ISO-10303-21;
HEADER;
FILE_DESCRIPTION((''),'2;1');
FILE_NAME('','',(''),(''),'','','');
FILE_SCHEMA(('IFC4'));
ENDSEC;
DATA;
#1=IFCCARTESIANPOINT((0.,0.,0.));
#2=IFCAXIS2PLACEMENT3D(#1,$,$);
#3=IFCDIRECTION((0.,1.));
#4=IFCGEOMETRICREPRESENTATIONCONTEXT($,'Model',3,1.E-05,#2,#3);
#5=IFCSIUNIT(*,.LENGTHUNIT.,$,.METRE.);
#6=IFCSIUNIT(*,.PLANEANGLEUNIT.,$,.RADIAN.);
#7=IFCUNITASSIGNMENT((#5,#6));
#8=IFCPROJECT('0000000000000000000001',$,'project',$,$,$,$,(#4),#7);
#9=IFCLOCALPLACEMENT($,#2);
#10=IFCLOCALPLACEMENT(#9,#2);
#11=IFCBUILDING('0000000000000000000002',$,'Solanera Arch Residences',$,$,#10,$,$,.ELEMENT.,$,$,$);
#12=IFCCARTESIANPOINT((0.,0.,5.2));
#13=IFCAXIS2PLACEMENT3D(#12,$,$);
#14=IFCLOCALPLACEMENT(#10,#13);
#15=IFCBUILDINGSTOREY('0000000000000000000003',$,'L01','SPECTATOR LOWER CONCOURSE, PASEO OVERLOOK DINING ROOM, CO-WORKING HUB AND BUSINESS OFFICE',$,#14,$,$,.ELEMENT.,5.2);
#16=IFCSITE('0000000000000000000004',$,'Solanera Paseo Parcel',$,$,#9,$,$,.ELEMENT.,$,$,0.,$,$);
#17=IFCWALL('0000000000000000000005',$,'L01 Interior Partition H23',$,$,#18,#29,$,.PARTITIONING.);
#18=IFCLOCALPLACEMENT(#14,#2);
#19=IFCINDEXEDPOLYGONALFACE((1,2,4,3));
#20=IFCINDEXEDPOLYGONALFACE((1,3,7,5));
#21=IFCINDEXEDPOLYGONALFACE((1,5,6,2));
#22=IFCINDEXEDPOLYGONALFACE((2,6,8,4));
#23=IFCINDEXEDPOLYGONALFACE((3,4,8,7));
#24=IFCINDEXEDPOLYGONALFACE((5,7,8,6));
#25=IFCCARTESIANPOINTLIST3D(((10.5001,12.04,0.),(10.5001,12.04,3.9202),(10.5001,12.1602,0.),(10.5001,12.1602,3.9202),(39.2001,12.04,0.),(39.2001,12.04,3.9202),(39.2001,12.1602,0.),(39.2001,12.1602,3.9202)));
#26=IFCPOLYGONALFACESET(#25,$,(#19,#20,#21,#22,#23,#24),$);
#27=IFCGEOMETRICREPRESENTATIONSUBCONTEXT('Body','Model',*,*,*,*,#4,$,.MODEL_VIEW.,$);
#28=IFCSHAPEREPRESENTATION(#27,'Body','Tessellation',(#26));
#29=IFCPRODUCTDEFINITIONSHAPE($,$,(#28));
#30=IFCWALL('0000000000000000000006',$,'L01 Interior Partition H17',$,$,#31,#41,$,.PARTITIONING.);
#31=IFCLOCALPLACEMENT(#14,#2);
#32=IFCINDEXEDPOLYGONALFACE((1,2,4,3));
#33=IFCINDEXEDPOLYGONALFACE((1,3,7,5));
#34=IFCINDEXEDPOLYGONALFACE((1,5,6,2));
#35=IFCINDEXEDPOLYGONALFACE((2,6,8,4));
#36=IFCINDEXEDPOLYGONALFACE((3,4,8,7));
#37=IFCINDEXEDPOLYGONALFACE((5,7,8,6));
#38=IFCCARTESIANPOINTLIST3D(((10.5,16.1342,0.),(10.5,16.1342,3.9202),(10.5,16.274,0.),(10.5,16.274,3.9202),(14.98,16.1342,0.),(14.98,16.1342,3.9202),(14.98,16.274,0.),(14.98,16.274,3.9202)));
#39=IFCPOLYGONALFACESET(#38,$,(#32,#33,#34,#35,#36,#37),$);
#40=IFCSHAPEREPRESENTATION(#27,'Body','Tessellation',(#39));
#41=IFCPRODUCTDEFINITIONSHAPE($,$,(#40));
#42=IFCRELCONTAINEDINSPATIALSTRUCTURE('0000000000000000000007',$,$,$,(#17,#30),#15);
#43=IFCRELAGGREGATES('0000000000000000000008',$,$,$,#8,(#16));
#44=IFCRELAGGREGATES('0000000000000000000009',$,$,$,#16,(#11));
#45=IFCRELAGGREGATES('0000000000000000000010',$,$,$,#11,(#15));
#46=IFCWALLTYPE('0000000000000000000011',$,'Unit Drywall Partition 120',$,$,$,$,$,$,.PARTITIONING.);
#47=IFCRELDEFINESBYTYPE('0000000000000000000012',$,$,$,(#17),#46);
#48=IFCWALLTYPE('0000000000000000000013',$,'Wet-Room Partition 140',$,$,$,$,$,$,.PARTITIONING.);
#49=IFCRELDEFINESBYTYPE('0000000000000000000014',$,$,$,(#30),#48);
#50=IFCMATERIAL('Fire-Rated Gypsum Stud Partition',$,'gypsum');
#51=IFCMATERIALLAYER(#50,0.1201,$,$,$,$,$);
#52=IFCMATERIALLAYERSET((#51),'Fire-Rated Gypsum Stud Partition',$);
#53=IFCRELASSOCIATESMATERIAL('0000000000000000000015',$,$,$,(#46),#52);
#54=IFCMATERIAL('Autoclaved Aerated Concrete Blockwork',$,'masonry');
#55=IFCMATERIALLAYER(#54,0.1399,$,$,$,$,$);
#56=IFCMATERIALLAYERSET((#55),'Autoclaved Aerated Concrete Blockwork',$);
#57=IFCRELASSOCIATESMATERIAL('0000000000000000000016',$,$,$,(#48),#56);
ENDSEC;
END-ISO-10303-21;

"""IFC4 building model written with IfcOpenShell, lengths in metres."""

from ifc_helpers import new_model, si_unit, direction, frame, frame_2d, origin, place, context, subcontext, project, spatial, rectangle, extrude, material, layer, layer_set, type_object, element, save


model = new_model("IFC4")

# Units and contexts
model_context = context("Model", 3, precision=1e-05, world=origin(), true_north=direction((0.0, 1.0)))
body_context = subcontext(model_context, "Body", "Model", "MODEL_VIEW")
ifc_project = project(units=[si_unit("LENGTHUNIT", "METRE"), si_unit("PLANEANGLEUNIT", "RADIAN")], contexts=[model_context])

# Site, building, storey
site_placement = place(None, origin())
site = spatial("IfcSite", under=ifc_project, at=site_placement, Name="Solanera Paseo Parcel", CompositionType="ELEMENT", RefElevation=0.0)
building_placement = place(site_placement, origin())
building = spatial("IfcBuilding", under=site, at=building_placement, Name="Solanera Arch Residences", CompositionType="ELEMENT")
storey_placement = place(building_placement, frame((0.0, 0.0, 5.2)))
storey = spatial("IfcBuildingStorey", under=building, at=storey_placement, Name="L01", Description="SPECTATOR LOWER CONCOURSE, PASEO OVERLOOK DINING ROOM, CO-WORKING HUB AND BUSINESS OFFICE", CompositionType="ELEMENT", Elevation=5.2)

# Walls
ifc_material_1 = material(Name="Fire-Rated Gypsum Stud Partition", Category="gypsum")
ifc_layer_1 = layer(ifc_material_1, 0.1201)
ifc_layer_set_1 = layer_set([ifc_layer_1], Name="Fire-Rated Gypsum Stud Partition")
wall_type_1 = type_object("IfcWallType", Name="Unit Drywall Partition 120", PredefinedType="PARTITIONING", material=ifc_layer_set_1)
wall_1_placement = place(storey_placement, frame((10.5, 12.1001, 0.0), z_axis=(0.0, 0.0, 1.0), x_axis=(1.0, 0.0, 0.0)))
element("IfcWall", 1, at=wall_1_placement, inside=storey, type_object=wall_type_1, Name="L01 Interior Partition H23", PredefinedType="PARTITIONING", context=body_context, shape_type="SweptSolid", body=[
    extrude(rectangle(XDim=28.7, YDim=0.1201, at=frame_2d((14.3501, 0.0))), origin(), (0.0, 0.0, 1.0), 3.9202),
])
ifc_material_2 = material(Name="Autoclaved Aerated Concrete Blockwork", Category="masonry")
ifc_layer_2 = layer(ifc_material_2, 0.1399)
ifc_layer_set_2 = layer_set([ifc_layer_2], Name="Autoclaved Aerated Concrete Blockwork")
wall_type_2 = type_object("IfcWallType", Name="Wet-Room Partition 140", PredefinedType="PARTITIONING", material=ifc_layer_set_2)
wall_2_placement = place(storey_placement, frame((10.5, 16.2041, 0.0), z_axis=(0.0, 0.0, 1.0), x_axis=(1.0, 0.0, 0.0)))
element("IfcWall", 2, at=wall_2_placement, inside=storey, type_object=wall_type_2, Name="L01 Interior Partition H17", PredefinedType="PARTITIONING", context=body_context, shape_type="SweptSolid", body=[
    extrude(rectangle(XDim=4.48, YDim=0.1399, at=frame_2d((2.24, 0.0))), origin(), (0.0, 0.0, 1.0), 3.9202),
])

save(model, "model.ifc")
